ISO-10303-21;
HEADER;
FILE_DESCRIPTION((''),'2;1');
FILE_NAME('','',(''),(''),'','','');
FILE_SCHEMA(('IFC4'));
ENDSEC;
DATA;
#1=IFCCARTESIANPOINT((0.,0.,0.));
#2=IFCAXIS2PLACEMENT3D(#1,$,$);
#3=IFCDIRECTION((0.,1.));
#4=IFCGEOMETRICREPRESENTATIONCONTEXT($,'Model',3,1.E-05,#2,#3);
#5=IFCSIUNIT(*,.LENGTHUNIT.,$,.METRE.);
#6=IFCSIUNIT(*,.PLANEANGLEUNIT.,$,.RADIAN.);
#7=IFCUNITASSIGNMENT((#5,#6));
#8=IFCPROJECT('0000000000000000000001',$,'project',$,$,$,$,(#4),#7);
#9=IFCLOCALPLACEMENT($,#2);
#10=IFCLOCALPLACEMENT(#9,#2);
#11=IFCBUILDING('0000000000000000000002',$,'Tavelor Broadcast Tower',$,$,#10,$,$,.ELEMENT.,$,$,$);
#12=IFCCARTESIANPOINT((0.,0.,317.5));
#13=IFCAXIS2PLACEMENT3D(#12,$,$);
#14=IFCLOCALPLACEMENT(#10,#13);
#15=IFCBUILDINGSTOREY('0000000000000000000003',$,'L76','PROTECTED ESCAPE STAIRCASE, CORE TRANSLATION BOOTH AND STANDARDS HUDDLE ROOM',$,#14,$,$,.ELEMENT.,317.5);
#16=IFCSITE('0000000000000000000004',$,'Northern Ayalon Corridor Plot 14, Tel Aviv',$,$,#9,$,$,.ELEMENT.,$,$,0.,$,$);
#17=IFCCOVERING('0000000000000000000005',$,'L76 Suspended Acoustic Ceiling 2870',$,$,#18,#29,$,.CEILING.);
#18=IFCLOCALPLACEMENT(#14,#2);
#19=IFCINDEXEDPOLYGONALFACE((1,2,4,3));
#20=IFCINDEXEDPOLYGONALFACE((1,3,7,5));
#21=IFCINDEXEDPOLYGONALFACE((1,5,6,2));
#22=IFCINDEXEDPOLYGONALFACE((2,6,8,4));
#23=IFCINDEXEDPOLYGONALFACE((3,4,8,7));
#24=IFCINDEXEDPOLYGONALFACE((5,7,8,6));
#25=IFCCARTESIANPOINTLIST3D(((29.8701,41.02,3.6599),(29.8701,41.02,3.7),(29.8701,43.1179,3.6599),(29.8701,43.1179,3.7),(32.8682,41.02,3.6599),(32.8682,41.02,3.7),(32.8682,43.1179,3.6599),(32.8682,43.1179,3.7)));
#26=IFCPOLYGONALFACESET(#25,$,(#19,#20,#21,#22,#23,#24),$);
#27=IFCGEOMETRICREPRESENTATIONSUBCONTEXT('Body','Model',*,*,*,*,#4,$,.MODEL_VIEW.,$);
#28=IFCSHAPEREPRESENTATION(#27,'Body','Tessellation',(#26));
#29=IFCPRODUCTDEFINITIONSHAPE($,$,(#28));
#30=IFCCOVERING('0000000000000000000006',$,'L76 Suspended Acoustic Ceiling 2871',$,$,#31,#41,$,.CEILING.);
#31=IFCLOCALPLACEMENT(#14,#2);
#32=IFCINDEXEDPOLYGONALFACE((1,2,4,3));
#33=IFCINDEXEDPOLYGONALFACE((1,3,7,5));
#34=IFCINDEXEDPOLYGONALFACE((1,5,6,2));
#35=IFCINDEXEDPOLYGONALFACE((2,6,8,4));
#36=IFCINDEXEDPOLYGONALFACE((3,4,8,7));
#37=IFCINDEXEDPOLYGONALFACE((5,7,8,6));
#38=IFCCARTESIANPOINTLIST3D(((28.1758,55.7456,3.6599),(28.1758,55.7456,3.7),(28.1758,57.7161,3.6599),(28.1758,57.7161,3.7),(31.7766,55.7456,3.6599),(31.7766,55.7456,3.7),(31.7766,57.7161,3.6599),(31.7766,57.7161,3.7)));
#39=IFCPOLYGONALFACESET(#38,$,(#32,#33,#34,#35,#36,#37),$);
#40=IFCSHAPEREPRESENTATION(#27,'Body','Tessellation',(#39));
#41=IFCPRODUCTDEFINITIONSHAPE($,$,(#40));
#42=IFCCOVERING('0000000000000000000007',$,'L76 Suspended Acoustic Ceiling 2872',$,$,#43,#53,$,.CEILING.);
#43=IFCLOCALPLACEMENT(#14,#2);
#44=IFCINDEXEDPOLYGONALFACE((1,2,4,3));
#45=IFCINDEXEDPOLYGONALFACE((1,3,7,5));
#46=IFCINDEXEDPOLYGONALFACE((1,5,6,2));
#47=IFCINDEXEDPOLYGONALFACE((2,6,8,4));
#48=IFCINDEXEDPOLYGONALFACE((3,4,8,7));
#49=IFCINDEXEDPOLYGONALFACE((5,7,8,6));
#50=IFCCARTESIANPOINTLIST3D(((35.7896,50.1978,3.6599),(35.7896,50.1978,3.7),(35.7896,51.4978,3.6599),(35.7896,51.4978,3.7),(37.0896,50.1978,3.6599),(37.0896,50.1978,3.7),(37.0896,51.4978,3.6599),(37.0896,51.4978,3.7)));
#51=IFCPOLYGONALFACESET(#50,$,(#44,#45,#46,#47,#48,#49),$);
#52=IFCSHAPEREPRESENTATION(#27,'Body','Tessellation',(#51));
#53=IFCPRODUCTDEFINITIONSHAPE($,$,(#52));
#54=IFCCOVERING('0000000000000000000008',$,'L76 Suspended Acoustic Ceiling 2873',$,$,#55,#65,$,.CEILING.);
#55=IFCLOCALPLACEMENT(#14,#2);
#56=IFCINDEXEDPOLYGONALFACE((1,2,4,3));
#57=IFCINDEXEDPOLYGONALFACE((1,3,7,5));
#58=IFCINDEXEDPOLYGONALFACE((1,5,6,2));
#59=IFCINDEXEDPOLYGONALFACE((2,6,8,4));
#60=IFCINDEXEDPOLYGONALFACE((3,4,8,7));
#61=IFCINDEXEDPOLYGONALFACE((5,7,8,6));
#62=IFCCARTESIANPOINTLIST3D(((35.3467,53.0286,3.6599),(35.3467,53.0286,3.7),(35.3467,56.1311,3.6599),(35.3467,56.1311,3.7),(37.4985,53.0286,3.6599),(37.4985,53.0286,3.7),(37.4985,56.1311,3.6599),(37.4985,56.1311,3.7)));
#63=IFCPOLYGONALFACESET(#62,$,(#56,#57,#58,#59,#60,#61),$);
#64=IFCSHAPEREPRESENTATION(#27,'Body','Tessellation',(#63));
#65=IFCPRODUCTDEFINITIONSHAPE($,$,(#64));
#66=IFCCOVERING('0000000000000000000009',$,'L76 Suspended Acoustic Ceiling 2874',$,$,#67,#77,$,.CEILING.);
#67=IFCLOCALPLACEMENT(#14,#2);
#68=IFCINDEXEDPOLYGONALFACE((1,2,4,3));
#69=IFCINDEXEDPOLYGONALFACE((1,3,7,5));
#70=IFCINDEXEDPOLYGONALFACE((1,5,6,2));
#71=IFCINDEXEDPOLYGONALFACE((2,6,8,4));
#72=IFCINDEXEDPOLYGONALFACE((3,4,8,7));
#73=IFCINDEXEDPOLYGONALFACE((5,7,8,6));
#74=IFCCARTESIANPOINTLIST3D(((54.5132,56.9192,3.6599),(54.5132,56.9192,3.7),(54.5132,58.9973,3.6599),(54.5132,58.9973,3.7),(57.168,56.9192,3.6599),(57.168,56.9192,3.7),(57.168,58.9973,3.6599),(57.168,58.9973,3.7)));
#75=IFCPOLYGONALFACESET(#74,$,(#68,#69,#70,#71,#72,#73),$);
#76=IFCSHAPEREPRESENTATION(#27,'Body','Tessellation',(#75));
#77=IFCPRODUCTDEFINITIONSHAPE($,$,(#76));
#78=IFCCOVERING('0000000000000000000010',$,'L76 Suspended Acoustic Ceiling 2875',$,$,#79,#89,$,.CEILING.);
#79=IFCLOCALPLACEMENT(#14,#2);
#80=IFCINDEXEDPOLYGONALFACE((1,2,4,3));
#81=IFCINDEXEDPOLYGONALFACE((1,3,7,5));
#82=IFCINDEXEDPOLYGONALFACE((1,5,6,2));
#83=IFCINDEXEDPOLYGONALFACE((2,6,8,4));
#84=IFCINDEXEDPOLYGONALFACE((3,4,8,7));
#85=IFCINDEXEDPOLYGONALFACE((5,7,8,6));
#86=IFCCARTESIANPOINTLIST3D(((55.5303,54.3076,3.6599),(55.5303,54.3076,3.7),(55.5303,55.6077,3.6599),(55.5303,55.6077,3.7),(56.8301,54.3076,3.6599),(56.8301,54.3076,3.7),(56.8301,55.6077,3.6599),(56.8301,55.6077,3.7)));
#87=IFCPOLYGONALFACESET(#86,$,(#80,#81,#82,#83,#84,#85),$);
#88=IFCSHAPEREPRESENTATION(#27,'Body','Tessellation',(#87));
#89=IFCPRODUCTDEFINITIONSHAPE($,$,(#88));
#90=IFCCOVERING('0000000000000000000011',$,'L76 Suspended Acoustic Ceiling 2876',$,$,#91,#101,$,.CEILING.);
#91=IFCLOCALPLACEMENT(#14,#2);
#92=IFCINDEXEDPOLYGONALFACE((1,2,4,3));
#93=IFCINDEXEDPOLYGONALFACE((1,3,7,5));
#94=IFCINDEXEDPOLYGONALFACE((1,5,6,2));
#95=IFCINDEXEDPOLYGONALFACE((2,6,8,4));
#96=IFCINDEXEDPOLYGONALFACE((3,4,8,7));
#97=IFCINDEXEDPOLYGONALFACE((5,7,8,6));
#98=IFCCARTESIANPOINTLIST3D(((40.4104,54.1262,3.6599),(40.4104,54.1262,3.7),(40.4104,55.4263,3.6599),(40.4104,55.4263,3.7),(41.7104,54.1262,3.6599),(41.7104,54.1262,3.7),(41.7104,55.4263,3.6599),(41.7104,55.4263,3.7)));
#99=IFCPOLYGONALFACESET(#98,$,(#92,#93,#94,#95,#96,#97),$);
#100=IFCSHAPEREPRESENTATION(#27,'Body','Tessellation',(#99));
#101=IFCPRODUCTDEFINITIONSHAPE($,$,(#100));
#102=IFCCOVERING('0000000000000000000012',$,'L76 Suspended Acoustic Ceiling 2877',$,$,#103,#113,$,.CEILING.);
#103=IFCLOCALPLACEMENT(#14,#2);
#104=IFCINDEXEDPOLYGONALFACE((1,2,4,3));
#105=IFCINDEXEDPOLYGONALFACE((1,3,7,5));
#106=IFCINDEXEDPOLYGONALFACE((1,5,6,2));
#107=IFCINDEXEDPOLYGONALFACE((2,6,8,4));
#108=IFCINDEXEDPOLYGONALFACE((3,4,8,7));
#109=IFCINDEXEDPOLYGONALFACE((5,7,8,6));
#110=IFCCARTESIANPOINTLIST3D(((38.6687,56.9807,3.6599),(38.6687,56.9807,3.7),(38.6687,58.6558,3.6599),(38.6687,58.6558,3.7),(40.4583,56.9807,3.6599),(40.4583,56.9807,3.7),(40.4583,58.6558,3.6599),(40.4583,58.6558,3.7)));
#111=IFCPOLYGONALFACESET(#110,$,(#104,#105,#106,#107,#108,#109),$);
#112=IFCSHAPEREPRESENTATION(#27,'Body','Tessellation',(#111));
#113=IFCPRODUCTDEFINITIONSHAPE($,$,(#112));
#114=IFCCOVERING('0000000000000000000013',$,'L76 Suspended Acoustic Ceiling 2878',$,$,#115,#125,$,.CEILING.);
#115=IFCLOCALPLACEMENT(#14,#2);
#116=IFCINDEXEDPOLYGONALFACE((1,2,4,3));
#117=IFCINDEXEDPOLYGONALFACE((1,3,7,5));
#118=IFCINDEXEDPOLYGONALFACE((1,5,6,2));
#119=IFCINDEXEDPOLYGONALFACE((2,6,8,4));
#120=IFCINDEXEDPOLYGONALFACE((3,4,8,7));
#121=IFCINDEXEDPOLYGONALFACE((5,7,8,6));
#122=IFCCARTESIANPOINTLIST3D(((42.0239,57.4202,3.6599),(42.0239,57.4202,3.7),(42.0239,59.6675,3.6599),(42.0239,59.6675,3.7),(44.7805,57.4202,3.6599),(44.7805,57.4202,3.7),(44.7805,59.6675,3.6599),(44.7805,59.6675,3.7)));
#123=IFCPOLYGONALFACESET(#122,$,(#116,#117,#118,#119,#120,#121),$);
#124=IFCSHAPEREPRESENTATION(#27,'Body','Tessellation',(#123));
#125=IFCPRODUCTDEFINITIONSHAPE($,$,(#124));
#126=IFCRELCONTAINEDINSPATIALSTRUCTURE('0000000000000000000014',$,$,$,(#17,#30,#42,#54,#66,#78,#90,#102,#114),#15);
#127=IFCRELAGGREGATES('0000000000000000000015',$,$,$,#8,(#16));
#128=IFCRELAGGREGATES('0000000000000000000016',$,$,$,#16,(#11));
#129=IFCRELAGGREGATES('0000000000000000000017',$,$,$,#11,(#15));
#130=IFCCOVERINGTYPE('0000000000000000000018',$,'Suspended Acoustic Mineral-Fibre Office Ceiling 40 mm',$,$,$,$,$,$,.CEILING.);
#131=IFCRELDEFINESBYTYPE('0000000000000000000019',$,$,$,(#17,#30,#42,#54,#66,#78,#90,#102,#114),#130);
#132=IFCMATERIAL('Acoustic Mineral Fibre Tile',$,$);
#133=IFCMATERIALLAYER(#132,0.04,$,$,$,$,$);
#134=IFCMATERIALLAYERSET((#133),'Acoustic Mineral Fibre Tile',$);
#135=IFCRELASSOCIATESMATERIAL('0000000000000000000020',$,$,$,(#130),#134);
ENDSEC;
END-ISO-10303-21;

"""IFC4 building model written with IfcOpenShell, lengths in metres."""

from ifc_helpers import new_model, si_unit, direction, frame, origin, place, context, subcontext, project, spatial, polyline, outline, extrude, material, layer, layer_set, type_object, element, save


model = new_model("IFC4")

# Units and contexts
model_context = context("Model", 3, precision=1e-05, world=origin(), true_north=direction((0.0, 1.0)))
body_context = subcontext(model_context, "Body", "Model", "MODEL_VIEW")
ifc_project = project(units=[si_unit("LENGTHUNIT", "METRE"), si_unit("PLANEANGLEUNIT", "RADIAN")], contexts=[model_context])

# Site, building, storey
site_placement = place(None, origin())
site = spatial("IfcSite", under=ifc_project, at=site_placement, Name="Northern Ayalon Corridor Plot 14, Tel Aviv", CompositionType="ELEMENT", RefElevation=0.0)
building_placement = place(site_placement, origin())
building = spatial("IfcBuilding", under=site, at=building_placement, Name="Tavelor Broadcast Tower", CompositionType="ELEMENT")
storey_placement = place(building_placement, frame((0.0, 0.0, 317.5)))
storey = spatial("IfcBuildingStorey", under=building, at=storey_placement, Name="L76", Description="PROTECTED ESCAPE STAIRCASE, CORE TRANSLATION BOOTH AND STANDARDS HUDDLE ROOM", CompositionType="ELEMENT", Elevation=317.5)

# Coverings
ifc_material_1 = material(Name="Acoustic Mineral Fibre Tile")
ifc_layer_1 = layer(ifc_material_1, 0.04)
ifc_layer_set_1 = layer_set([ifc_layer_1], Name="Acoustic Mineral Fibre Tile")
covering_type_1 = type_object("IfcCoveringType", Name="Suspended Acoustic Mineral-Fibre Office Ceiling 40 mm", PredefinedType="CEILING", material=ifc_layer_set_1)
covering_1_placement = place(storey_placement, frame((0.0, 0.0, 3.6599)))
element("IfcCovering", 1, at=covering_1_placement, inside=storey, type_object=covering_type_1, Name="L76 Suspended Acoustic Ceiling 2870", PredefinedType="CEILING", context=body_context, shape_type="SweptSolid", body=[
    extrude(outline(polyline([(29.8701, 41.02), (32.8682, 41.02), (32.8682, 43.1179), (29.8701, 43.1179), (29.8701, 41.02)])), origin(), (0.0, 0.0, 1.0), 0.04),
])
covering_2_placement = place(storey_placement, frame((0.0, 0.0, 3.6599)))
element("IfcCovering", 2, at=covering_2_placement, inside=storey, type_object=covering_type_1, Name="L76 Suspended Acoustic Ceiling 2871", PredefinedType="CEILING", context=body_context, shape_type="SweptSolid", body=[
    extrude(outline(polyline([(28.1758, 55.7456), (31.7766, 55.7456), (31.7766, 57.7161), (28.1758, 57.7161), (28.1758, 55.7456)])), origin(), (0.0, 0.0, 1.0), 0.04),
])
covering_3_placement = place(storey_placement, frame((0.0, 0.0, 3.6599)))
element("IfcCovering", 3, at=covering_3_placement, inside=storey, type_object=covering_type_1, Name="L76 Suspended Acoustic Ceiling 2872", PredefinedType="CEILING", context=body_context, shape_type="SweptSolid", body=[
    extrude(outline(polyline([(35.7896, 50.1978), (37.0896, 50.1978), (37.0896, 51.4978), (35.7896, 51.4978), (35.7896, 50.1978)])), origin(), (0.0, 0.0, 1.0), 0.04),
])
covering_4_placement = place(storey_placement, frame((0.0, 0.0, 3.6599)))
element("IfcCovering", 4, at=covering_4_placement, inside=storey, type_object=covering_type_1, Name="L76 Suspended Acoustic Ceiling 2873", PredefinedType="CEILING", context=body_context, shape_type="SweptSolid", body=[
    extrude(outline(polyline([(35.3467, 53.0286), (37.4985, 53.0286), (37.4985, 56.1311), (35.3467, 56.1311), (35.3467, 53.0286)])), origin(), (0.0, 0.0, 1.0), 0.04),
])
covering_5_placement = place(storey_placement, frame((0.0, 0.0, 3.6599)))
element("IfcCovering", 5, at=covering_5_placement, inside=storey, type_object=covering_type_1, Name="L76 Suspended Acoustic Ceiling 2874", PredefinedType="CEILING", context=body_context, shape_type="SweptSolid", body=[
    extrude(outline(polyline([(54.5132, 56.9192), (57.168, 56.9192), (57.168, 58.9973), (54.5132, 58.9973), (54.5132, 56.9192)])), origin(), (0.0, 0.0, 1.0), 0.04),
])
covering_6_placement = place(storey_placement, frame((0.0, 0.0, 3.6599)))
element("IfcCovering", 6, at=covering_6_placement, inside=storey, type_object=covering_type_1, Name="L76 Suspended Acoustic Ceiling 2875", PredefinedType="CEILING", context=body_context, shape_type="SweptSolid", body=[
    extrude(outline(polyline([(55.5303, 54.3076), (56.8301, 54.3076), (56.8301, 55.6077), (55.5303, 55.6077), (55.5303, 54.3076)])), origin(), (0.0, 0.0, 1.0), 0.04),
])
covering_7_placement = place(storey_placement, frame((0.0, 0.0, 3.6599)))
element("IfcCovering", 7, at=covering_7_placement, inside=storey, type_object=covering_type_1, Name="L76 Suspended Acoustic Ceiling 2876", PredefinedType="CEILING", context=body_context, shape_type="SweptSolid", body=[
    extrude(outline(polyline([(40.4104, 54.1262), (41.7104, 54.1262), (41.7104, 55.4263), (40.4104, 55.4263), (40.4104, 54.1262)])), origin(), (0.0, 0.0, 1.0), 0.04),
])
covering_8_placement = place(storey_placement, frame((0.0, 0.0, 3.6599)))
element("IfcCovering", 8, at=covering_8_placement, inside=storey, type_object=covering_type_1, Name="L76 Suspended Acoustic Ceiling 2877", PredefinedType="CEILING", context=body_context, shape_type="SweptSolid", body=[
    extrude(outline(polyline([(38.6687, 56.9807), (40.4583, 56.9807), (40.4583, 58.6558), (38.6687, 58.6558), (38.6687, 56.9807)])), origin(), (0.0, 0.0, 1.0), 0.04),
])
covering_9_placement = place(storey_placement, frame((0.0, 0.0, 3.6599)))
element("IfcCovering", 9, at=covering_9_placement, inside=storey, type_object=covering_type_1, Name="L76 Suspended Acoustic Ceiling 2878", PredefinedType="CEILING", context=body_context, shape_type="SweptSolid", body=[
    extrude(outline(polyline([(42.0239, 57.4202), (44.7805, 57.4202), (44.7805, 59.6675), (42.0239, 59.6675), (42.0239, 57.4202)])), origin(), (0.0, 0.0, 1.0), 0.04),
])

save(model, "model.ifc")
